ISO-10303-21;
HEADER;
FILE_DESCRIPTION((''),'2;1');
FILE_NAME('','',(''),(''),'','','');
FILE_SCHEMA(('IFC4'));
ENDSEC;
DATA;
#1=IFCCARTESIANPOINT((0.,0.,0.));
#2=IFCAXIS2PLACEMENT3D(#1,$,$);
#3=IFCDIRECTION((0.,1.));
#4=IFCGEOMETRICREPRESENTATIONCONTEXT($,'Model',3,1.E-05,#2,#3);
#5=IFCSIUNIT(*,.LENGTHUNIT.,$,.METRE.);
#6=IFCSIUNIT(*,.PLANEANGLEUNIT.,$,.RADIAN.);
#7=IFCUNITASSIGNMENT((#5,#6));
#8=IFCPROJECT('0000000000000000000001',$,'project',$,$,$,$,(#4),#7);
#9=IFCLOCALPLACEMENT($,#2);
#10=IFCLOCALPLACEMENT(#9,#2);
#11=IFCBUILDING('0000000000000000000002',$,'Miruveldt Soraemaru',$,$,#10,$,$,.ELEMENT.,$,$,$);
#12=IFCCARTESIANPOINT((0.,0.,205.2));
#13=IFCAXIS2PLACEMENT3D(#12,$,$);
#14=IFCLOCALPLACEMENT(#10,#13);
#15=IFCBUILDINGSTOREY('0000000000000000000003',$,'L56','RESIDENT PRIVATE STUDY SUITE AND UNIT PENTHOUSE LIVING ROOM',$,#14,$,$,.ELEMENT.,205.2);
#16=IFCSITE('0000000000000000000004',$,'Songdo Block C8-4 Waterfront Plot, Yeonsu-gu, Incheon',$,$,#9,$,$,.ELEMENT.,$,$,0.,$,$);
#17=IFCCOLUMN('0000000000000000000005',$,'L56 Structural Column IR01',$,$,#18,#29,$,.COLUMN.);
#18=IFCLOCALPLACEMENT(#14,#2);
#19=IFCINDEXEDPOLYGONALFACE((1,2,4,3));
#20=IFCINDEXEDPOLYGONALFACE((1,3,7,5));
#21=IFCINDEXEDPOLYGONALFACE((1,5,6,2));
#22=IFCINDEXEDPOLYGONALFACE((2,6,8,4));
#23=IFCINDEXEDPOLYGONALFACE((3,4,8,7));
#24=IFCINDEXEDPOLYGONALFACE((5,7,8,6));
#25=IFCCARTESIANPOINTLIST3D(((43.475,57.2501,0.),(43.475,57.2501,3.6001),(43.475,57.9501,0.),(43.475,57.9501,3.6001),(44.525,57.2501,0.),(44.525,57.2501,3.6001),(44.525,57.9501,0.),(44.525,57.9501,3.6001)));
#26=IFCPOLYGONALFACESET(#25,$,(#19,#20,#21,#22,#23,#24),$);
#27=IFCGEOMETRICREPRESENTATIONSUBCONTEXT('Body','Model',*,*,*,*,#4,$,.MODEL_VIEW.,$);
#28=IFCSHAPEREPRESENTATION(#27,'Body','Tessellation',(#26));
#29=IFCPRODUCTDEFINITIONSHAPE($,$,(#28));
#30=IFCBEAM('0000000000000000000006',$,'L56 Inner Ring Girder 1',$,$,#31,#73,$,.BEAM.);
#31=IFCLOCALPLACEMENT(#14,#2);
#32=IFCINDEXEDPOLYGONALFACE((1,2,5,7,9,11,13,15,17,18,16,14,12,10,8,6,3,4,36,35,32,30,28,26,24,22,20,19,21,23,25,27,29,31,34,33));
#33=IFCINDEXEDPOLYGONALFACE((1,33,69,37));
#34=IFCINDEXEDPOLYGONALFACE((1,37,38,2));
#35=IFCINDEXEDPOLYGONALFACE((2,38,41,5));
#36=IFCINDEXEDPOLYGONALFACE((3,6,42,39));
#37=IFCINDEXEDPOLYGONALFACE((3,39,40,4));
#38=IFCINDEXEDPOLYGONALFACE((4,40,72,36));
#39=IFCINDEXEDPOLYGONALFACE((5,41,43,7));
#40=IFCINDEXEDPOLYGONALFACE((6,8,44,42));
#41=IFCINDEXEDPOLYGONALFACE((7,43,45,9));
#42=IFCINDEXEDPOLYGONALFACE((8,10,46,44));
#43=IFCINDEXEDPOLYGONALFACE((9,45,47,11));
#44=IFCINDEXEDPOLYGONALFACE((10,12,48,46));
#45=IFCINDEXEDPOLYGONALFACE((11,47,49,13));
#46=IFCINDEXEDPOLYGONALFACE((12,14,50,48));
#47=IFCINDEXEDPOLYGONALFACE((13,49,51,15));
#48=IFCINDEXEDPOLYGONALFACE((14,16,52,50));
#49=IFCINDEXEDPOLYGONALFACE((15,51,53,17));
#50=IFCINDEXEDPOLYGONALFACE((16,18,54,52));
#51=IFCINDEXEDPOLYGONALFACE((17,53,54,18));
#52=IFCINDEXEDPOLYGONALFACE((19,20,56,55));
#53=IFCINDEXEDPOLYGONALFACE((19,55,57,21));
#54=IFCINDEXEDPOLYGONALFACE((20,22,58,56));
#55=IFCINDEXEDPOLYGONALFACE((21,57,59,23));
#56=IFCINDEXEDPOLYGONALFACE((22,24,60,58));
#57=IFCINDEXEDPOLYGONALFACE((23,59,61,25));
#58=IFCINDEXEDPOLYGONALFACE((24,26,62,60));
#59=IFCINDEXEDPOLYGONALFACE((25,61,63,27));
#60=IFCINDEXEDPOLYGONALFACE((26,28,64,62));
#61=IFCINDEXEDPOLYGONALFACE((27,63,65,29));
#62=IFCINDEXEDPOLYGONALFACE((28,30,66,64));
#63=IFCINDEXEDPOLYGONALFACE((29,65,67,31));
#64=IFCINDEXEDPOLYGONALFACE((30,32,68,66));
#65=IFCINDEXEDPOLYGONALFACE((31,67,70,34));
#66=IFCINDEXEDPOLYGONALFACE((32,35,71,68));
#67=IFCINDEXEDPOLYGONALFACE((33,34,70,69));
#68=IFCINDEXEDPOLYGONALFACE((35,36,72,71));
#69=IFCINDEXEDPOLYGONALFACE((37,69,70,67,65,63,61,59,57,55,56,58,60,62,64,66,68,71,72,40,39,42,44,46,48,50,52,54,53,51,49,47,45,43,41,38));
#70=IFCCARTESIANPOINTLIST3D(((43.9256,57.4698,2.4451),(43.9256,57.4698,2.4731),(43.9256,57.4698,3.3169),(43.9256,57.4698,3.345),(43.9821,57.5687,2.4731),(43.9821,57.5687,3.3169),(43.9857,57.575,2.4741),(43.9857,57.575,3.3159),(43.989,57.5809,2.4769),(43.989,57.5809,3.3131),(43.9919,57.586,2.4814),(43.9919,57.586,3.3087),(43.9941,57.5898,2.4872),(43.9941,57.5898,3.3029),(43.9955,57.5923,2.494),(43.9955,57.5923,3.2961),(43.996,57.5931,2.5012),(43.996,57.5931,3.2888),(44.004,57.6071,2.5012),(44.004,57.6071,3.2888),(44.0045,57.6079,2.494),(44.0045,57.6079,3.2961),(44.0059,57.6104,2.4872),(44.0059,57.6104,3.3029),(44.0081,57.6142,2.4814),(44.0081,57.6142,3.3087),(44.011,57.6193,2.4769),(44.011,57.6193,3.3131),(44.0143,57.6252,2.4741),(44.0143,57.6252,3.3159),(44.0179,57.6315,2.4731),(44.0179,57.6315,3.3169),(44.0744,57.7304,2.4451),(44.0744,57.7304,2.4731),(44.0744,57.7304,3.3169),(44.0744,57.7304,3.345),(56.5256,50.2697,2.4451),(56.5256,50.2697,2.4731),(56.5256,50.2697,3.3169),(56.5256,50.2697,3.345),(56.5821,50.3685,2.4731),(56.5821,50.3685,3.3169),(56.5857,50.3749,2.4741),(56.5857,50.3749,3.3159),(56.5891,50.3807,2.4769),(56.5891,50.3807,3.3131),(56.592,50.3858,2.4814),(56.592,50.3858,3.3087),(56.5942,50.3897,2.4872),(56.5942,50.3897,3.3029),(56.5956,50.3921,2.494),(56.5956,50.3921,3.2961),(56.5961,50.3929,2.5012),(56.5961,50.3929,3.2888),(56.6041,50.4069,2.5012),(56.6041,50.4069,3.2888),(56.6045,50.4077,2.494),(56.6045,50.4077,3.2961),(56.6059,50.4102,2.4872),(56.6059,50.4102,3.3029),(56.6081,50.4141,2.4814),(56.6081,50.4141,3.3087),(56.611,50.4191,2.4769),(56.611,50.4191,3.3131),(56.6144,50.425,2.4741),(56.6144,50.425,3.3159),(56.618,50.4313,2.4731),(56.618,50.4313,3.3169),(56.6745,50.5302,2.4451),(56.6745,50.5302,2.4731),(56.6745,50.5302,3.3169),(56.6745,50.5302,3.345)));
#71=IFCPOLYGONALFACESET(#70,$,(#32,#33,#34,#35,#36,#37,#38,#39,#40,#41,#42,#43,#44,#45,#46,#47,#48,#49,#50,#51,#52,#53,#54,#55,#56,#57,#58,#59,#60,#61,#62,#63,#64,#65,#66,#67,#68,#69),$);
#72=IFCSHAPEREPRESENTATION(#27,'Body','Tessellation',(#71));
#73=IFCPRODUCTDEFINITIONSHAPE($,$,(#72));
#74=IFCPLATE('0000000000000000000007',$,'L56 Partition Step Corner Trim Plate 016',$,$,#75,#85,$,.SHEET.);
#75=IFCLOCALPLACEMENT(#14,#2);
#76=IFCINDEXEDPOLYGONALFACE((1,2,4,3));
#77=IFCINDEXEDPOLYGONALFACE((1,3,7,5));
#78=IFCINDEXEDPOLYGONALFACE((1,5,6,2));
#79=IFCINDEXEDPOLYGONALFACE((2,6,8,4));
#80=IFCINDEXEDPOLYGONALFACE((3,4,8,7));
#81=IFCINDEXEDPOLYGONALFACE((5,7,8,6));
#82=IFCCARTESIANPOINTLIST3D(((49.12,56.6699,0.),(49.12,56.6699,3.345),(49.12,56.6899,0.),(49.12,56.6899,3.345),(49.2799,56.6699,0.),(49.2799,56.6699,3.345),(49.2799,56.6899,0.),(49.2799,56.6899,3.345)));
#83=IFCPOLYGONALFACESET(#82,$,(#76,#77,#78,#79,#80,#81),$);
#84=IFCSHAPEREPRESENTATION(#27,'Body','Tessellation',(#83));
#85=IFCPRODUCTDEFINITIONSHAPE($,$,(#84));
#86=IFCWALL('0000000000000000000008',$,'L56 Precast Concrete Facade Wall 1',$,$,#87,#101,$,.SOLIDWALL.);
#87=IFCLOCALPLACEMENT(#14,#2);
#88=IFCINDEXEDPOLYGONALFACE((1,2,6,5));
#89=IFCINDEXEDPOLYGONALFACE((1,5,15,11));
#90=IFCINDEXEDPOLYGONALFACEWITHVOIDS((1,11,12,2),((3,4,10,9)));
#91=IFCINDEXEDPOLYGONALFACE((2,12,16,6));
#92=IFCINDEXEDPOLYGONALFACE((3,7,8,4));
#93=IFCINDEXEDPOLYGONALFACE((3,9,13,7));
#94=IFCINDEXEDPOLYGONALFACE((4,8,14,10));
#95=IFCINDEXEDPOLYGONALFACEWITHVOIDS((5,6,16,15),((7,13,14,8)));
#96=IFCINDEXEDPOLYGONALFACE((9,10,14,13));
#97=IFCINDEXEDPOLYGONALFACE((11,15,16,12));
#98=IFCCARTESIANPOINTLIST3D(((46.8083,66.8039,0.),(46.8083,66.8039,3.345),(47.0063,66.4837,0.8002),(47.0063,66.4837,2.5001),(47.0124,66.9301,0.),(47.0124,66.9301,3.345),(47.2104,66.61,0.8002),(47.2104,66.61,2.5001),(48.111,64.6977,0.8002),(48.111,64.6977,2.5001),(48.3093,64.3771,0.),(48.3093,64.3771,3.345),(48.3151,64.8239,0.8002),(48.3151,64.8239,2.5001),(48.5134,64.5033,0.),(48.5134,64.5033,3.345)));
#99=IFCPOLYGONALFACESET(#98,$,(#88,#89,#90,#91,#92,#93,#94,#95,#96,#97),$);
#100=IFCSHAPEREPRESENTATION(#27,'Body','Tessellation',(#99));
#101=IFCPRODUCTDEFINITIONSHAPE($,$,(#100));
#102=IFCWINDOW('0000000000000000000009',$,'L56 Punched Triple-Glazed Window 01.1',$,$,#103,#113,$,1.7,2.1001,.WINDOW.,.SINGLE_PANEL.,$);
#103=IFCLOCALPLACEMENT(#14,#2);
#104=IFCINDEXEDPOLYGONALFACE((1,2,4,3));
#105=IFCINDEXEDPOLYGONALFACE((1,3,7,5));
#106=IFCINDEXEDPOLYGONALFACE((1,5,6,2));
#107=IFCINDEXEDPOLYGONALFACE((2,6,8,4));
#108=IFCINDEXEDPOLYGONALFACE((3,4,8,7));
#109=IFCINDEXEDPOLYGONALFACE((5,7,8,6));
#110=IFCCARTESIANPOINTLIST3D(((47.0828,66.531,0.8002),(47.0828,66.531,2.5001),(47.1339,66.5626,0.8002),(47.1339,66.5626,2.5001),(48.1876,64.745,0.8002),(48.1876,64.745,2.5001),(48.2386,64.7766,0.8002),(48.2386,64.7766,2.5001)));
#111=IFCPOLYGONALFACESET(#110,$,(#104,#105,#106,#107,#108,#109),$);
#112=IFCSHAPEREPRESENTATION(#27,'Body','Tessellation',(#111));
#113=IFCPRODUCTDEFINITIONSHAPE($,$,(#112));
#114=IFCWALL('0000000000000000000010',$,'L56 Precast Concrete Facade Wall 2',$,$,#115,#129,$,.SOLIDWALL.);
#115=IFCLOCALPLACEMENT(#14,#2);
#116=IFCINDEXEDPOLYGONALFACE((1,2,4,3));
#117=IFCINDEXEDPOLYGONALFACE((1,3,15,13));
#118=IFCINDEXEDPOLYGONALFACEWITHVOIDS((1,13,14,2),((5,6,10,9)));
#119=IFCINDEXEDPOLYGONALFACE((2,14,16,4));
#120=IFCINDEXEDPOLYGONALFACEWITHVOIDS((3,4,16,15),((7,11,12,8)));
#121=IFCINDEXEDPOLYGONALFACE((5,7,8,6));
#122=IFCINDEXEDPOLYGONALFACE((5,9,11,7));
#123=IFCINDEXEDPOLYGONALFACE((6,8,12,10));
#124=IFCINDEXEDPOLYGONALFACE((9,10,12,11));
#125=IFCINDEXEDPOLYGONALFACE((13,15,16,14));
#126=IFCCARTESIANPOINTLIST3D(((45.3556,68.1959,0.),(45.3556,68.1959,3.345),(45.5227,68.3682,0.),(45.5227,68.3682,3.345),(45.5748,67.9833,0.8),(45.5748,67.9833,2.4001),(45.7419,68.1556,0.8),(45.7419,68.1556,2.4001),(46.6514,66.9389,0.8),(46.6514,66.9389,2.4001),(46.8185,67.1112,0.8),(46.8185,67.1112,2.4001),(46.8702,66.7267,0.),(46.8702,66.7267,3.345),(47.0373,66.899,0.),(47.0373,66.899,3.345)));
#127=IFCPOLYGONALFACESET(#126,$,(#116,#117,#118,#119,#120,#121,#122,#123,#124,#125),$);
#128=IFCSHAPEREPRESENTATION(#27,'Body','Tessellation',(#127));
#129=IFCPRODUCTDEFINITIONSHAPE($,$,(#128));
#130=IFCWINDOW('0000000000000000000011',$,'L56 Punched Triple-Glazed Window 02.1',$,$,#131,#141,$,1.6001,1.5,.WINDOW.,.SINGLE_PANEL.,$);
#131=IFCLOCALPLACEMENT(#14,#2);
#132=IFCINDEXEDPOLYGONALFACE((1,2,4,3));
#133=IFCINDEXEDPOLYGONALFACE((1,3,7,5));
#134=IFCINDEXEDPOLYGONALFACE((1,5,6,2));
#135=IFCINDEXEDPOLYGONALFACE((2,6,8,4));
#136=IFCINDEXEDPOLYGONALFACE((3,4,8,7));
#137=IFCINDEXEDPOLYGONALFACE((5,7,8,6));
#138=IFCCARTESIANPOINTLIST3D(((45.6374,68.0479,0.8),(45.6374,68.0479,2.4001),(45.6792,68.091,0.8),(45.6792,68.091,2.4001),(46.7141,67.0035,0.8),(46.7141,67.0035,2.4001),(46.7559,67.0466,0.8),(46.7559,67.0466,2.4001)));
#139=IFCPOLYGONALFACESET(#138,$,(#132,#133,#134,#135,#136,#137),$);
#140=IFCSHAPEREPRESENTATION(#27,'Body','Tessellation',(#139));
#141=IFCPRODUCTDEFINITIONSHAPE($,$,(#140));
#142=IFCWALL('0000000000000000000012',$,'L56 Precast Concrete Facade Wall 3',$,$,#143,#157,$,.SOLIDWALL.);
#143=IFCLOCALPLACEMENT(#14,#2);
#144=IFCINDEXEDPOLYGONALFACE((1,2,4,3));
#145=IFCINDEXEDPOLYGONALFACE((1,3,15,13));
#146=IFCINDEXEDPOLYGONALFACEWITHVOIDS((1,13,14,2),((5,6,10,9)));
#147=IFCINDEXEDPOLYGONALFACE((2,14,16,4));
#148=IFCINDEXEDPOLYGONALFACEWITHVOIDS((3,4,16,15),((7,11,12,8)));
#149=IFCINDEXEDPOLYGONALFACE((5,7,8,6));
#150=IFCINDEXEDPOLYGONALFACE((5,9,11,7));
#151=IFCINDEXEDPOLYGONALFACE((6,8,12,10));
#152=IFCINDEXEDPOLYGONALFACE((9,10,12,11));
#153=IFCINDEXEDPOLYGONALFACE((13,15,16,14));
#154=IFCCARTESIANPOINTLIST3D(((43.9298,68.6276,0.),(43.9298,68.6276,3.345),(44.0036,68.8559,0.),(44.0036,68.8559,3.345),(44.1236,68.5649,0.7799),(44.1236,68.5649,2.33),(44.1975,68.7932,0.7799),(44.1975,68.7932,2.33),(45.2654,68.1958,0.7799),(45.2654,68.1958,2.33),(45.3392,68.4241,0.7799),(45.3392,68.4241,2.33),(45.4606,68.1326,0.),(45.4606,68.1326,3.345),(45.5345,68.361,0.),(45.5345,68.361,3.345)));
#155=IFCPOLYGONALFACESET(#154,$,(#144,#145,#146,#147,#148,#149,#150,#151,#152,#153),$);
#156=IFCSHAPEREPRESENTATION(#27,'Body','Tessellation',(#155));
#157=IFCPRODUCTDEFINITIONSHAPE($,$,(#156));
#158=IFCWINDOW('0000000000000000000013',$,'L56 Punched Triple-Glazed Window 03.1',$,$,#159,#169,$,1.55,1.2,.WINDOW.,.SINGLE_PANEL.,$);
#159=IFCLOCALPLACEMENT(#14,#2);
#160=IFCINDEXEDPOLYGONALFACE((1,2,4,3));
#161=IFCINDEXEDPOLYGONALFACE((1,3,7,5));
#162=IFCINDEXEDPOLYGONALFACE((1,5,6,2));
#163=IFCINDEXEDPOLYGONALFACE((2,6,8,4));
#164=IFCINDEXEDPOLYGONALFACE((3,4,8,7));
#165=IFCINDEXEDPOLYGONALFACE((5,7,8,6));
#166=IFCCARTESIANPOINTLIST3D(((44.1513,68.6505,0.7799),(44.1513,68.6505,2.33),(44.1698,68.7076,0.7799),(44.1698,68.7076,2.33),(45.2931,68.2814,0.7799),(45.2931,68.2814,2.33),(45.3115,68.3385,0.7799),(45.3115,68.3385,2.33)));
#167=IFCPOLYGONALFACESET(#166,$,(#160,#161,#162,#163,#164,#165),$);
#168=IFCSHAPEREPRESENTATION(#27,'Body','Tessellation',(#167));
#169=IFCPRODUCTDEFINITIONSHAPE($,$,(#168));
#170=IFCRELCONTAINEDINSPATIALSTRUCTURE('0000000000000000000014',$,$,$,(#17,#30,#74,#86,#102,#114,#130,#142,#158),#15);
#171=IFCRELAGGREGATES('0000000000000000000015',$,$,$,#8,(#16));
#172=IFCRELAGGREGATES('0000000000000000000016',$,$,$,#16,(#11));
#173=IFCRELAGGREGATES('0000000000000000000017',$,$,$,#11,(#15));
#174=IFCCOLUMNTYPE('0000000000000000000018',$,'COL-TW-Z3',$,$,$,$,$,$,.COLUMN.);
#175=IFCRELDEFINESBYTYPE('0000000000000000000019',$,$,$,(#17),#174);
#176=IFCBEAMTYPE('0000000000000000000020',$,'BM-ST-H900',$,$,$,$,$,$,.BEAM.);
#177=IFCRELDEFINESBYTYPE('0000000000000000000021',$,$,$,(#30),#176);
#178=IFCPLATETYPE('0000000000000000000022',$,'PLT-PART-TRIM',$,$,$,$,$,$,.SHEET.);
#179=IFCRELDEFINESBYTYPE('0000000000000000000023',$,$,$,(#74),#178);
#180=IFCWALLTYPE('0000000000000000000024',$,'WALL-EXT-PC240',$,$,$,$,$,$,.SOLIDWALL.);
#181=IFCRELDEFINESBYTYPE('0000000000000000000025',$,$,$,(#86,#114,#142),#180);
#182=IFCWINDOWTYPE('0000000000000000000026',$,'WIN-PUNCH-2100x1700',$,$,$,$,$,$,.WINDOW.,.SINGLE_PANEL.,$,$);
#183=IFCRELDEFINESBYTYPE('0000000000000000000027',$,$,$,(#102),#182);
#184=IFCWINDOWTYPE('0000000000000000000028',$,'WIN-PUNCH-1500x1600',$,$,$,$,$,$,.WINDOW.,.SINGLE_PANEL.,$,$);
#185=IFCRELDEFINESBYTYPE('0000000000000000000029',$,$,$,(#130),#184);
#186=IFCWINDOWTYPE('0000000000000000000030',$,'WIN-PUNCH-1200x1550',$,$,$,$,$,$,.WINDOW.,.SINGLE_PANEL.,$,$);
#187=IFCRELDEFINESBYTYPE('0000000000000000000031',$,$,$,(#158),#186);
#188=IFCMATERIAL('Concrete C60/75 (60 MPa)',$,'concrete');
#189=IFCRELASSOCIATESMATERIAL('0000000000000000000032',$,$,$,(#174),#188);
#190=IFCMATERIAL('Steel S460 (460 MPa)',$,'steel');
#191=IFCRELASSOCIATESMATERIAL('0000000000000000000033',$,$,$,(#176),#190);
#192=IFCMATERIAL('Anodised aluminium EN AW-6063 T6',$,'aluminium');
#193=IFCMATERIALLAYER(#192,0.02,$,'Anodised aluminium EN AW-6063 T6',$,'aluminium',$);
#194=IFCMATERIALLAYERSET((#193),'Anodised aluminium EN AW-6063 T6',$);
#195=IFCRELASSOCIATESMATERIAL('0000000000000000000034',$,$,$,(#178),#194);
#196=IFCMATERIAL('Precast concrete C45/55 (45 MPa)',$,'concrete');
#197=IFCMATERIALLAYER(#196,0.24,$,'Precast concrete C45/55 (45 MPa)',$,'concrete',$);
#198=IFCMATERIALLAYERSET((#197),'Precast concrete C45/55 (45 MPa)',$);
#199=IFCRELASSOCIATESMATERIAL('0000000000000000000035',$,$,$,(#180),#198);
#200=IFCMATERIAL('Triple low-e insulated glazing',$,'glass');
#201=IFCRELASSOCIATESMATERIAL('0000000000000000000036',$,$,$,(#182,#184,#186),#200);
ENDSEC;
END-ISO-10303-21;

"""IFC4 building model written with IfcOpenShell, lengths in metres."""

from ifc_helpers import new_model, si_unit, direction, frame, frame_2d, origin, origin_2d, place, context, subcontext, project, spatial, rectangle, i_section, extrude, material, layer, layer_set, material_profile, profile_set, type_object, element, fill, save


model = new_model("IFC4")

# Units and contexts
model_context = context("Model", 3, precision=1e-05, world=origin(), true_north=direction((0.0, 1.0)))
body_context = subcontext(model_context, "Body", "Model", "MODEL_VIEW")
ifc_project = project(units=[si_unit("LENGTHUNIT", "METRE"), si_unit("PLANEANGLEUNIT", "RADIAN")], contexts=[model_context])

# Site, building, storey
site_placement = place(None, origin())
site = spatial("IfcSite", under=ifc_project, at=site_placement, Name="Songdo Block C8-4 Waterfront Plot, Yeonsu-gu, Incheon", CompositionType="ELEMENT", RefElevation=0.0)
building_placement = place(site_placement, origin())
building = spatial("IfcBuilding", under=site, at=building_placement, Name="Miruveldt Soraemaru", CompositionType="ELEMENT")
storey_placement = place(building_placement, frame((0.0, 0.0, 205.2)))
storey = spatial("IfcBuildingStorey", under=building, at=storey_placement, Name="L56", Description="RESIDENT PRIVATE STUDY SUITE AND UNIT PENTHOUSE LIVING ROOM", CompositionType="ELEMENT", Elevation=205.2)

# Column
ifc_material_1 = material(Name="Concrete C60/75 (60 MPa)", Category="concrete")
ifc_material_profile_1 = material_profile(ifc_material_1, rectangle(XDim=1.05, YDim=0.7, at=origin_2d()), Name="Concrete C60/75 (60 MPa)", Category="concrete")
ifc_profile_set_1 = profile_set([ifc_material_profile_1], Name="Concrete C60/75 (60 MPa)")
column_type = type_object("IfcColumnType", Name="COL-TW-Z3", PredefinedType="COLUMN", material=ifc_profile_set_1)
column_placement = place(storey_placement, frame((44.0, 57.6001, 0.0), z_axis=(0.0, 0.0, 1.0), x_axis=(1.0, 0.0, 0.0)))
element("IfcColumn", 1, at=column_placement, inside=storey, type_object=column_type, Name="L56 Structural Column IR01", PredefinedType="COLUMN", context=body_context, shape_type="SweptSolid", body=[
    extrude(rectangle(XDim=1.05, YDim=0.7, at=origin_2d()), origin(), (0.0, 0.0, 1.0), 3.6001),
])

# Beam
ifc_material_2 = material(Name="Steel S460 (460 MPa)", Category="steel")
ifc_material_profile_2 = material_profile(ifc_material_2, i_section(OverallWidth=0.3, OverallDepth=0.8999, WebThickness=0.0161, FlangeThickness=0.0281, FilletRadius=0.0281, at=origin_2d()), Name="Steel S460 (460 MPa)", Category="steel")
ifc_profile_set_2 = profile_set([ifc_material_profile_2], Name="Steel S460 (460 MPa)")
beam_type = type_object("IfcBeamType", Name="BM-ST-H900", PredefinedType="BEAM", material=ifc_profile_set_2)
beam_placement = place(storey_placement, frame((44.0, 57.6001, 2.895), z_axis=(0.868239, -0.496146, 0.0), x_axis=(0.496146, 0.868239, 0.0)))
element("IfcBeam", 2, at=beam_placement, inside=storey, type_object=beam_type, Name="L56 Inner Ring Girder 1", PredefinedType="BEAM", context=body_context, shape_type="SweptSolid", body=[
    extrude(i_section(OverallWidth=0.3, OverallDepth=0.8999, WebThickness=0.0161, FlangeThickness=0.0281, FilletRadius=0.0281, at=origin_2d()), origin(), (0.0, 0.0, 1.0), 14.5122),
])

# Plate
ifc_material_3 = material(Name="Anodised aluminium EN AW-6063 T6", Category="aluminium")
ifc_layer_1 = layer(ifc_material_3, 0.02, Name="Anodised aluminium EN AW-6063 T6", Category="aluminium")
ifc_layer_set_1 = layer_set([ifc_layer_1], Name="Anodised aluminium EN AW-6063 T6")
plate_type = type_object("IfcPlateType", Name="PLT-PART-TRIM", PredefinedType="SHEET", material=ifc_layer_set_1)
plate_placement = place(storey_placement, frame((49.2, 56.6799, 0.0), z_axis=(0.0, 0.0, 1.0), x_axis=(-1.0, 0.0, 0.0)))
element("IfcPlate", 3, at=plate_placement, inside=storey, type_object=plate_type, Name="L56 Partition Step Corner Trim Plate 016", PredefinedType="SHEET", context=body_context, shape_type="SweptSolid", body=[
    extrude(rectangle(XDim=0.1599, YDim=0.02, at=origin_2d()), origin(), (0.0, 0.0, 1.0), 3.345),
])

# Walls, openings, windows
ifc_material_4 = material(Name="Precast concrete C45/55 (45 MPa)", Category="concrete")
ifc_layer_2 = layer(ifc_material_4, 0.24, Name="Precast concrete C45/55 (45 MPa)", Category="concrete")
ifc_layer_set_2 = layer_set([ifc_layer_2], Name="Precast concrete C45/55 (45 MPa)")
wall_type_1 = type_object("IfcWallType", Name="WALL-EXT-PC240", PredefinedType="SOLIDWALL", material=ifc_layer_set_2)
wall_1_placement = place(storey_placement, frame((48.4114, 64.4402, 0.0), z_axis=(0.0, 0.0, 1.0), x_axis=(-0.526025, 0.850469, 0.0)))
wall_1 = element("IfcWall", 4, at=wall_1_placement, inside=storey, type_object=wall_type_1, Name="L56 Precast Concrete Facade Wall 1", PredefinedType="SOLIDWALL", context=body_context, shape_type="SweptSolid", body=[
    extrude(rectangle(XDim=2.8535, YDim=0.24, at=frame_2d((1.4268, 0.0))), origin(), (0.0, 0.0, 1.0), 3.345),
])
opening_1_placement = place(wall_1_placement, frame((0.377, 0.0, 0.8)))
opening_1 = element("IfcOpeningElement", 5, at=opening_1_placement, cuts=wall_1, PredefinedType="OPENING", context=body_context, shape_type="SweptSolid", body=[
    extrude(rectangle(XDim=2.1001, YDim=1.7, at=frame_2d((1.05, 0.8501))), frame((0.0, 0.1299, 0.0), z_axis=(0.0, -1.0, 0.0), x_axis=(1.0, 0.0, 0.0)), (0.0, 0.0, 1.0), 0.26),
])
ifc_material_5 = material(Name="Triple low-e insulated glazing", Category="glass")
window_type_1 = type_object("IfcWindowType", Name="WIN-PUNCH-2100x1700", PartitioningType="SINGLE_PANEL", PredefinedType="WINDOW", material=ifc_material_5)
window_1_placement = place(opening_1_placement, origin())
window_1 = element("IfcWindow", 6, at=window_1_placement, inside=storey, type_object=window_type_1, Name="L56 Punched Triple-Glazed Window 01.1", OverallHeight=1.7, OverallWidth=2.1001, PartitioningType="SINGLE_PANEL", PredefinedType="WINDOW", context=body_context, shape_type="SweptSolid", body=[
    extrude(rectangle(XDim=2.1001, YDim=1.7, at=frame_2d((1.05, 0.8501))), frame((0.0, 0.03, 0.0), z_axis=(0.0, -1.0, 0.0), x_axis=(1.0, 0.0, 0.0)), (0.0, 0.0, 1.0), 0.0601),
])
fill(opening_1, window_1)
wall_2_placement = place(storey_placement, frame((46.9539, 66.8127, 0.0), z_axis=(0.0, 0.0, 1.0), x_axis=(-0.717785, 0.696265, 0.0)))
wall_2 = element("IfcWall", 7, at=wall_2_placement, inside=storey, type_object=wall_type_1, Name="L56 Precast Concrete Facade Wall 2", PredefinedType="SOLIDWALL", context=body_context, shape_type="SweptSolid", body=[
    extrude(rectangle(XDim=2.1101, YDim=0.24, at=frame_2d((1.0552, 0.0))), origin(), (0.0, 0.0, 1.0), 3.345),
])
opening_2_placement = place(wall_2_placement, frame((0.3049, 0.0, 0.8)))
opening_2 = element("IfcOpeningElement", 8, at=opening_2_placement, cuts=wall_2, PredefinedType="OPENING", context=body_context, shape_type="SweptSolid", body=[
    extrude(rectangle(XDim=1.5, YDim=1.6001, at=frame_2d((0.75, 0.8))), frame((0.0, 0.1299, 0.0), z_axis=(0.0, -1.0, 0.0), x_axis=(1.0, 0.0, 0.0)), (0.0, 0.0, 1.0), 0.26),
])
window_type_2 = type_object("IfcWindowType", Name="WIN-PUNCH-1500x1600", PartitioningType="SINGLE_PANEL", PredefinedType="WINDOW", material=ifc_material_5)
window_2_placement = place(opening_2_placement, origin())
window_2 = element("IfcWindow", 9, at=window_2_placement, inside=storey, type_object=window_type_2, Name="L56 Punched Triple-Glazed Window 02.1", OverallHeight=1.6001, OverallWidth=1.5, PartitioningType="SINGLE_PANEL", PredefinedType="WINDOW", context=body_context, shape_type="SweptSolid", body=[
    extrude(rectangle(XDim=1.5, YDim=1.6001, at=frame_2d((0.75, 0.8))), frame((0.0, 0.03, 0.0), z_axis=(0.0, -1.0, 0.0), x_axis=(1.0, 0.0, 0.0)), (0.0, 0.0, 1.0), 0.0601),
])
fill(opening_2, window_2)
wall_3_placement = place(storey_placement, frame((45.4976, 68.2468, 0.0), z_axis=(0.0, 0.0, 1.0), x_axis=(-0.951512, 0.30761, 0.0)))
wall_3 = element("IfcWall", 10, at=wall_3_placement, inside=storey, type_object=wall_type_1, Name="L56 Precast Concrete Facade Wall 3", PredefinedType="SOLIDWALL", context=body_context, shape_type="SweptSolid", body=[
    extrude(rectangle(XDim=1.6089, YDim=0.24, at=frame_2d((0.8044, 0.0))), origin(), (0.0, 0.0, 1.0), 3.345),
])
opening_3_placement = place(wall_3_placement, frame((0.2051, 0.0, 0.78)))
opening_3 = element("IfcOpeningElement", 11, at=opening_3_placement, cuts=wall_3, PredefinedType="OPENING", context=body_context, shape_type="SweptSolid", body=[
    extrude(rectangle(XDim=1.2, YDim=1.55, at=frame_2d((0.6001, 0.7749))), frame((0.0, 0.1299, 0.0), z_axis=(0.0, -1.0, 0.0), x_axis=(1.0, 0.0, 0.0)), (0.0, 0.0, 1.0), 0.26),
])
window_type_3 = type_object("IfcWindowType", Name="WIN-PUNCH-1200x1550", PartitioningType="SINGLE_PANEL", PredefinedType="WINDOW", material=ifc_material_5)
window_3_placement = place(opening_3_placement, origin())
window_3 = element("IfcWindow", 12, at=window_3_placement, inside=storey, type_object=window_type_3, Name="L56 Punched Triple-Glazed Window 03.1", OverallHeight=1.55, OverallWidth=1.2, PartitioningType="SINGLE_PANEL", PredefinedType="WINDOW", context=body_context, shape_type="SweptSolid", body=[
    extrude(rectangle(XDim=1.2, YDim=1.55, at=frame_2d((0.6001, 0.7749))), frame((0.0, 0.03, 0.0), z_axis=(0.0, -1.0, 0.0), x_axis=(1.0, 0.0, 0.0)), (0.0, 0.0, 1.0), 0.0601),
])
fill(opening_3, window_3)

save(model, "model.ifc")
